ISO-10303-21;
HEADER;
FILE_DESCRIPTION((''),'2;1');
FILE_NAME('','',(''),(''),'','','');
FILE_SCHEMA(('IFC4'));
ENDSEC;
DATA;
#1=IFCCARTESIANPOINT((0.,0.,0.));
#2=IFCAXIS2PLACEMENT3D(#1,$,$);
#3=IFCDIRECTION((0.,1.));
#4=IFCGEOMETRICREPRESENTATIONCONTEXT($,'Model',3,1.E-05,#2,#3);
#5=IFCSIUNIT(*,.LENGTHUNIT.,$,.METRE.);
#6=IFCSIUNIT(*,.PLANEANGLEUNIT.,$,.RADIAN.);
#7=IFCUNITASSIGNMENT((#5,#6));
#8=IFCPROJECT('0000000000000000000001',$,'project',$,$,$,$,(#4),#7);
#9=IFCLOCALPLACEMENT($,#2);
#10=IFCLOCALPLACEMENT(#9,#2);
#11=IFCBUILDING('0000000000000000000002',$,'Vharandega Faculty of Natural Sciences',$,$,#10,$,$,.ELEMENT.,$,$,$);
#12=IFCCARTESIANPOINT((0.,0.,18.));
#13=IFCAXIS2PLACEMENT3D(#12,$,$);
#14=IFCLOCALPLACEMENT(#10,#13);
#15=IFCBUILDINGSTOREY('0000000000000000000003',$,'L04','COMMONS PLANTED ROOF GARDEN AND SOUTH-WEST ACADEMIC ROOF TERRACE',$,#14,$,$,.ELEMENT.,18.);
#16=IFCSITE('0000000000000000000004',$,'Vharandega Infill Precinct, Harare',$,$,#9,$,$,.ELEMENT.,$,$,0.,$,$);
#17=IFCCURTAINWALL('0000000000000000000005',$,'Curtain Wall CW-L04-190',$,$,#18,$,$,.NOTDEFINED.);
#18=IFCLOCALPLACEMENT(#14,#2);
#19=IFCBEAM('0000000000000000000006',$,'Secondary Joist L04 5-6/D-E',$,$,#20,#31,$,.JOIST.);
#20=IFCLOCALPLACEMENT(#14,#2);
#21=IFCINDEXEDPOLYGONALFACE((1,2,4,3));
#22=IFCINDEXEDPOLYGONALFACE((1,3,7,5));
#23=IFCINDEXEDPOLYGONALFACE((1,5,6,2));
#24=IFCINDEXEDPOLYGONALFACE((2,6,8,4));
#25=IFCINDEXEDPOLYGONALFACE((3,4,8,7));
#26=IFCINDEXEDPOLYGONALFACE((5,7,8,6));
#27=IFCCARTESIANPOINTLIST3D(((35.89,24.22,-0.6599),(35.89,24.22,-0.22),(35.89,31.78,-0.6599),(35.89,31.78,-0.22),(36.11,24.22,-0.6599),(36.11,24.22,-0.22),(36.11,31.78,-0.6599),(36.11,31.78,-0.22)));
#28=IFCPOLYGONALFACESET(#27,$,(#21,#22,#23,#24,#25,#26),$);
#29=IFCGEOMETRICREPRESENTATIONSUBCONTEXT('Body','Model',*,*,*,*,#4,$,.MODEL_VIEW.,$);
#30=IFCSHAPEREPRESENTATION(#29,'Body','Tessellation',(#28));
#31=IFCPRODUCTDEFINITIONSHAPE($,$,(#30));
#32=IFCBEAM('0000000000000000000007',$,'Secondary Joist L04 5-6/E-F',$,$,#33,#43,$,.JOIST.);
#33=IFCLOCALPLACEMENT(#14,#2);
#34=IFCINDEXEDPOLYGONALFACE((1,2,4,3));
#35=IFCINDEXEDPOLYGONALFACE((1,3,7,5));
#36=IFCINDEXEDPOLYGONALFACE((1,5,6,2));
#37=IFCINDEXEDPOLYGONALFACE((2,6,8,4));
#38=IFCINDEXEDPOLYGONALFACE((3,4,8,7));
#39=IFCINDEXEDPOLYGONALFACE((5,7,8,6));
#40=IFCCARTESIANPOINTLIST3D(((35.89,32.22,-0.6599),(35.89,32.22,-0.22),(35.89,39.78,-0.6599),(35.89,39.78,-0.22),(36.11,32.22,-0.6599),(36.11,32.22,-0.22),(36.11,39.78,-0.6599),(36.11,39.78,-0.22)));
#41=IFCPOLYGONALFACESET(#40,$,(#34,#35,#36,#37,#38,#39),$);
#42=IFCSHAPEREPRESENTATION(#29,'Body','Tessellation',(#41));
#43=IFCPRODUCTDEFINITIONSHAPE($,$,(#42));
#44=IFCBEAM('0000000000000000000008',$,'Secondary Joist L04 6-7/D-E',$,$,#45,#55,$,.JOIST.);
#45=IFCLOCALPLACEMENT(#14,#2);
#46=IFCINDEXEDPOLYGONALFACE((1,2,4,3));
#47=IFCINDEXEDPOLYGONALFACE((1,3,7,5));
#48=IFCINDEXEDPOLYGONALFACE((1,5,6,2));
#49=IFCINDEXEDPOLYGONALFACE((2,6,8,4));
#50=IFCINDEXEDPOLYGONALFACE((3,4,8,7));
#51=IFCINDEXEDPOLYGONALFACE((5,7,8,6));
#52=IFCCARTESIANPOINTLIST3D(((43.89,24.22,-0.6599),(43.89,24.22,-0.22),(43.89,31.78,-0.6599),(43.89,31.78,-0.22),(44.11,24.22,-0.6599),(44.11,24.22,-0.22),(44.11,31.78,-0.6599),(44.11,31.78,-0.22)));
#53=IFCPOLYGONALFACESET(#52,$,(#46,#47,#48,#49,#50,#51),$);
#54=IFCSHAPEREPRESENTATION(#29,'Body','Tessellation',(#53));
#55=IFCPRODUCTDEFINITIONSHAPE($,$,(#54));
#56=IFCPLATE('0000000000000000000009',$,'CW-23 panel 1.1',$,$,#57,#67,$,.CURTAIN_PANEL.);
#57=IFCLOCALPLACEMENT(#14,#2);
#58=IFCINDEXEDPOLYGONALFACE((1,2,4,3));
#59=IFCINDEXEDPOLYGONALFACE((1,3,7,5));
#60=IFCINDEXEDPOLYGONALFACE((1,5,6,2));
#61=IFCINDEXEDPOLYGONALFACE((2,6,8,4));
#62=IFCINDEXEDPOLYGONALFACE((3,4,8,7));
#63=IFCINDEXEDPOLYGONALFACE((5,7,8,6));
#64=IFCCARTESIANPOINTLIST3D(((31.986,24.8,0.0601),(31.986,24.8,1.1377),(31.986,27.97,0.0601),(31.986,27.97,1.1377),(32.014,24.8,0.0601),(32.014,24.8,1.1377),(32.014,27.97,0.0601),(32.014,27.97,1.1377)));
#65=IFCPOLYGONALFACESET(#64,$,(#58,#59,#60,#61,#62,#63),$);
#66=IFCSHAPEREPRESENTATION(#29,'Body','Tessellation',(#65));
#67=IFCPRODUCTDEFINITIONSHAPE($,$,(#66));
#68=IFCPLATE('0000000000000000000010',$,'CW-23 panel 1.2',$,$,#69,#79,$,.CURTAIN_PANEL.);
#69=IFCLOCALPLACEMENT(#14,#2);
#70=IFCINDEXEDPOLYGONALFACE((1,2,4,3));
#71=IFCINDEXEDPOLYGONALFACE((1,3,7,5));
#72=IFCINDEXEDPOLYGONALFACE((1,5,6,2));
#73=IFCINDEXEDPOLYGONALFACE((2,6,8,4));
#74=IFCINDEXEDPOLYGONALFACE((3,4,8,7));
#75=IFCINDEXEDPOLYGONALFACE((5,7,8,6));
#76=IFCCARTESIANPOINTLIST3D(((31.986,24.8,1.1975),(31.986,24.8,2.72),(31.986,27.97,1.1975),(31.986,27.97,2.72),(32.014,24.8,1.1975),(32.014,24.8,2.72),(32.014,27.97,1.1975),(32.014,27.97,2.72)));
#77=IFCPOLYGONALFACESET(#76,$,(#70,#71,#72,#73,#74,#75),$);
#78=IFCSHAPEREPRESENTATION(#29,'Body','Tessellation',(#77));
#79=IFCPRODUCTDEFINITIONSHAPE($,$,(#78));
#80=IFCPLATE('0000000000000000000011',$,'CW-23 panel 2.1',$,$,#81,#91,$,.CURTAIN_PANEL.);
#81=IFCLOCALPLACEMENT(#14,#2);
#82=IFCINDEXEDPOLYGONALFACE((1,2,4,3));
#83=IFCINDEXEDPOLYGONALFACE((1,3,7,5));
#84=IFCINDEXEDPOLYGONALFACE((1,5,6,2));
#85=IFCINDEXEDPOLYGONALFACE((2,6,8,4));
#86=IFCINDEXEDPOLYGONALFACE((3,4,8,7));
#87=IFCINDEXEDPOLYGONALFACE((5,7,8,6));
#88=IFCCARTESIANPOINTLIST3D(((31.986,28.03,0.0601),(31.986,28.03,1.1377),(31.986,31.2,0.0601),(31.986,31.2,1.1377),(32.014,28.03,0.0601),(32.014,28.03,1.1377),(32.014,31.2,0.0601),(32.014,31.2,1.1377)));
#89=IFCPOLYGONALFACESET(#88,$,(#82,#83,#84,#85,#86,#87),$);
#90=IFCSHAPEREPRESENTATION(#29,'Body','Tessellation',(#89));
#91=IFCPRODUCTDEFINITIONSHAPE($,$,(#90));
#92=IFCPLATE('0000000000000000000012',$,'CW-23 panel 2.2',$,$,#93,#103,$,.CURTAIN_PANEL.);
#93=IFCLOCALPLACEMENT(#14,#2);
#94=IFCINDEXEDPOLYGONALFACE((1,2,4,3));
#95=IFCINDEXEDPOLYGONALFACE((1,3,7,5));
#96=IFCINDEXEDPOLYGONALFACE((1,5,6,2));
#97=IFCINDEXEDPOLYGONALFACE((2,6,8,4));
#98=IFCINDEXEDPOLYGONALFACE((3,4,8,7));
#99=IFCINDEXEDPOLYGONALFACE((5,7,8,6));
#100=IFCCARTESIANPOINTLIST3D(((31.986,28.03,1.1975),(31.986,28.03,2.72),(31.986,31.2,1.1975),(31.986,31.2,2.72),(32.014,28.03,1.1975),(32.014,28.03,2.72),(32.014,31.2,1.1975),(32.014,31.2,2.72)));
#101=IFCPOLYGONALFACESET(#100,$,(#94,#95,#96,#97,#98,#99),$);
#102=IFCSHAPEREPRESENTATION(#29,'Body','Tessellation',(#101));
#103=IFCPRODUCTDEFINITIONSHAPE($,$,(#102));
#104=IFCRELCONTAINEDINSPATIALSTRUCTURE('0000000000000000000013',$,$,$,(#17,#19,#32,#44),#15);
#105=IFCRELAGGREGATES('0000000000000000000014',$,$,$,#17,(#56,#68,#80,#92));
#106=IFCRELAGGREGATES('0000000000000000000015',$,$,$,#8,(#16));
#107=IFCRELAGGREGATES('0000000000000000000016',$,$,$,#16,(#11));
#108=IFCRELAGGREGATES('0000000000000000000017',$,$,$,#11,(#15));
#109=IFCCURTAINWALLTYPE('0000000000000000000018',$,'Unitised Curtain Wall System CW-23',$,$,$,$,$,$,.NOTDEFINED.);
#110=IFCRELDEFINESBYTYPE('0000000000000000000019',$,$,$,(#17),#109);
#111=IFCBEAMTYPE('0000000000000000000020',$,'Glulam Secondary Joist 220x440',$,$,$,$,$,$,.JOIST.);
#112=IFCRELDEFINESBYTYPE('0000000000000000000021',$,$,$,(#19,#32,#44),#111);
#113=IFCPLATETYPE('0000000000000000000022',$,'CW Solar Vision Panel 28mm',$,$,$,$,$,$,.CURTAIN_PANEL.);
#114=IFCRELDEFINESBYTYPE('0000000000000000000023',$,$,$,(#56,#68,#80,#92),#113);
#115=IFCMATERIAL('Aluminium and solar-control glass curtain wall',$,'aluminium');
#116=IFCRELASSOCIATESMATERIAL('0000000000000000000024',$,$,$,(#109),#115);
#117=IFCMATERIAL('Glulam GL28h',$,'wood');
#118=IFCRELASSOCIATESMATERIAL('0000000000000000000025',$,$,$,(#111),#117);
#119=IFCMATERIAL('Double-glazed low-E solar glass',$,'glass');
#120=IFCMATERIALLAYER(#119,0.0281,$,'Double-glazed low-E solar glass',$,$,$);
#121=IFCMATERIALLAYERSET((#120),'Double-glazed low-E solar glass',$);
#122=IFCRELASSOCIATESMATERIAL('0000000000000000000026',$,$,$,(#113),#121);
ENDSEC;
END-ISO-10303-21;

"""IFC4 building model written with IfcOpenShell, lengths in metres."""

from ifc_helpers import new_model, si_unit, direction, frame, origin, origin_2d, place, context, subcontext, project, spatial, rectangle, extrude, material, layer, layer_set, material_profile, profile_set, type_object, element, aggregate, save


model = new_model("IFC4")

# Units and contexts
model_context = context("Model", 3, precision=1e-05, world=origin(), true_north=direction((0.0, 1.0)))
body_context = subcontext(model_context, "Body", "Model", "MODEL_VIEW")
ifc_project = project(units=[si_unit("LENGTHUNIT", "METRE"), si_unit("PLANEANGLEUNIT", "RADIAN")], contexts=[model_context])

# Site, building, storey
site_placement = place(None, origin())
site = spatial("IfcSite", under=ifc_project, at=site_placement, Name="Vharandega Infill Precinct, Harare", CompositionType="ELEMENT", RefElevation=0.0)
building_placement = place(site_placement, origin())
building = spatial("IfcBuilding", under=site, at=building_placement, Name="Vharandega Faculty of Natural Sciences", CompositionType="ELEMENT")
storey_placement = place(building_placement, frame((0.0, 0.0, 18.0)))
storey = spatial("IfcBuildingStorey", under=building, at=storey_placement, Name="L04", Description="COMMONS PLANTED ROOF GARDEN AND SOUTH-WEST ACADEMIC ROOF TERRACE", CompositionType="ELEMENT", Elevation=18.0)

# Curtain wall
ifc_material_1 = material(Name="Aluminium and solar-control glass curtain wall", Category="aluminium")
curtain_wall_type = type_object("IfcCurtainWallType", Name="Unitised Curtain Wall System CW-23", PredefinedType="NOTDEFINED", material=ifc_material_1)
curtain_wall_placement = place(storey_placement, origin())
curtain_wall = element("IfcCurtainWall", 1, at=curtain_wall_placement, inside=storey, type_object=curtain_wall_type, Name="Curtain Wall CW-L04-190", PredefinedType="NOTDEFINED")

# Beams
ifc_material_2 = material(Name="Glulam GL28h", Category="wood")
ifc_material_profile_1 = material_profile(ifc_material_2, rectangle(XDim=0.22, YDim=0.4399, at=origin_2d()), Name="GL28h 220x440")
ifc_profile_set_1 = profile_set([ifc_material_profile_1], Name="Glulam GL28h")
beam_type_1 = type_object("IfcBeamType", Name="Glulam Secondary Joist 220x440", PredefinedType="JOIST", material=ifc_profile_set_1)
for number, where, z_axis, x_axis, name in (
    (2, (36.0, 24.22, -0.4399), (0.0, 1.0, 0.0), (-1.0, 0.0, 0.0), "Secondary Joist L04 5-6/D-E"),
    (3, (36.0, 32.22, -0.4399), (0.0, 1.0, 0.0), (-1.0, 0.0, 0.0), "Secondary Joist L04 5-6/E-F"),
    (4, (44.0, 24.22, -0.4399), (0.0, 1.0, 0.0), (-1.0, 0.0, 0.0), "Secondary Joist L04 6-7/D-E"),
):
    element("IfcBeam", number, at=place(storey_placement, frame(where, z_axis=z_axis, x_axis=x_axis)), inside=storey, type_object=beam_type_1, Name=name, PredefinedType="JOIST", context=body_context, shape_type="SweptSolid", body=[
        extrude(rectangle(XDim=0.22, YDim=0.4399, at=origin_2d()), origin(), (0.0, 0.0, 1.0), 7.5601),
    ])

# Plates
ifc_material_3 = material(Name="Double-glazed low-E solar glass", Category="glass")
ifc_layer = layer(ifc_material_3, 0.0281, Name="Double-glazed low-E solar glass")
ifc_layer_set = layer_set([ifc_layer], Name="Double-glazed low-E solar glass")
plate_type = type_object("IfcPlateType", Name="CW Solar Vision Panel 28mm", PredefinedType="CURTAIN_PANEL", material=ifc_layer_set)
plate_1_placement = place(storey_placement, frame((32.0, 26.385, 0.0601), z_axis=(0.0, 0.0, 1.0), x_axis=(0.0, 1.0, 0.0)))
plate_1 = element("IfcPlate", 5, at=plate_1_placement, type_object=plate_type, Name="CW-23 panel 1.1", PredefinedType="CURTAIN_PANEL", context=body_context, shape_type="SweptSolid", body=[
    extrude(rectangle(XDim=3.1699, YDim=0.0281, at=origin_2d()), origin(), (0.0, 0.0, 1.0), 1.0776),
])
plate_2_placement = place(storey_placement, frame((32.0, 26.385, 1.1975), z_axis=(0.0, 0.0, 1.0), x_axis=(0.0, 1.0, 0.0)))
plate_2 = element("IfcPlate", 6, at=plate_2_placement, type_object=plate_type, Name="CW-23 panel 1.2", PredefinedType="CURTAIN_PANEL", context=body_context, shape_type="SweptSolid", body=[
    extrude(rectangle(XDim=3.1699, YDim=0.0281, at=origin_2d()), origin(), (0.0, 0.0, 1.0), 1.5225),
])
plate_3_placement = place(storey_placement, frame((32.0, 29.615, 0.0601), z_axis=(0.0, 0.0, 1.0), x_axis=(0.0, 1.0, 0.0)))
plate_3 = element("IfcPlate", 7, at=plate_3_placement, type_object=plate_type, Name="CW-23 panel 2.1", PredefinedType="CURTAIN_PANEL", context=body_context, shape_type="SweptSolid", body=[
    extrude(rectangle(XDim=3.1699, YDim=0.0281, at=origin_2d()), origin(), (0.0, 0.0, 1.0), 1.0776),
])
plate_4_placement = place(storey_placement, frame((32.0, 29.615, 1.1975), z_axis=(0.0, 0.0, 1.0), x_axis=(0.0, 1.0, 0.0)))
plate_4 = element("IfcPlate", 8, at=plate_4_placement, type_object=plate_type, Name="CW-23 panel 2.2", PredefinedType="CURTAIN_PANEL", context=body_context, shape_type="SweptSolid", body=[
    extrude(rectangle(XDim=3.1699, YDim=0.0281, at=origin_2d()), origin(), (0.0, 0.0, 1.0), 1.5225),
])
aggregate(curtain_wall, [plate_1, plate_2, plate_3, plate_4])

save(model, "model.ifc")
